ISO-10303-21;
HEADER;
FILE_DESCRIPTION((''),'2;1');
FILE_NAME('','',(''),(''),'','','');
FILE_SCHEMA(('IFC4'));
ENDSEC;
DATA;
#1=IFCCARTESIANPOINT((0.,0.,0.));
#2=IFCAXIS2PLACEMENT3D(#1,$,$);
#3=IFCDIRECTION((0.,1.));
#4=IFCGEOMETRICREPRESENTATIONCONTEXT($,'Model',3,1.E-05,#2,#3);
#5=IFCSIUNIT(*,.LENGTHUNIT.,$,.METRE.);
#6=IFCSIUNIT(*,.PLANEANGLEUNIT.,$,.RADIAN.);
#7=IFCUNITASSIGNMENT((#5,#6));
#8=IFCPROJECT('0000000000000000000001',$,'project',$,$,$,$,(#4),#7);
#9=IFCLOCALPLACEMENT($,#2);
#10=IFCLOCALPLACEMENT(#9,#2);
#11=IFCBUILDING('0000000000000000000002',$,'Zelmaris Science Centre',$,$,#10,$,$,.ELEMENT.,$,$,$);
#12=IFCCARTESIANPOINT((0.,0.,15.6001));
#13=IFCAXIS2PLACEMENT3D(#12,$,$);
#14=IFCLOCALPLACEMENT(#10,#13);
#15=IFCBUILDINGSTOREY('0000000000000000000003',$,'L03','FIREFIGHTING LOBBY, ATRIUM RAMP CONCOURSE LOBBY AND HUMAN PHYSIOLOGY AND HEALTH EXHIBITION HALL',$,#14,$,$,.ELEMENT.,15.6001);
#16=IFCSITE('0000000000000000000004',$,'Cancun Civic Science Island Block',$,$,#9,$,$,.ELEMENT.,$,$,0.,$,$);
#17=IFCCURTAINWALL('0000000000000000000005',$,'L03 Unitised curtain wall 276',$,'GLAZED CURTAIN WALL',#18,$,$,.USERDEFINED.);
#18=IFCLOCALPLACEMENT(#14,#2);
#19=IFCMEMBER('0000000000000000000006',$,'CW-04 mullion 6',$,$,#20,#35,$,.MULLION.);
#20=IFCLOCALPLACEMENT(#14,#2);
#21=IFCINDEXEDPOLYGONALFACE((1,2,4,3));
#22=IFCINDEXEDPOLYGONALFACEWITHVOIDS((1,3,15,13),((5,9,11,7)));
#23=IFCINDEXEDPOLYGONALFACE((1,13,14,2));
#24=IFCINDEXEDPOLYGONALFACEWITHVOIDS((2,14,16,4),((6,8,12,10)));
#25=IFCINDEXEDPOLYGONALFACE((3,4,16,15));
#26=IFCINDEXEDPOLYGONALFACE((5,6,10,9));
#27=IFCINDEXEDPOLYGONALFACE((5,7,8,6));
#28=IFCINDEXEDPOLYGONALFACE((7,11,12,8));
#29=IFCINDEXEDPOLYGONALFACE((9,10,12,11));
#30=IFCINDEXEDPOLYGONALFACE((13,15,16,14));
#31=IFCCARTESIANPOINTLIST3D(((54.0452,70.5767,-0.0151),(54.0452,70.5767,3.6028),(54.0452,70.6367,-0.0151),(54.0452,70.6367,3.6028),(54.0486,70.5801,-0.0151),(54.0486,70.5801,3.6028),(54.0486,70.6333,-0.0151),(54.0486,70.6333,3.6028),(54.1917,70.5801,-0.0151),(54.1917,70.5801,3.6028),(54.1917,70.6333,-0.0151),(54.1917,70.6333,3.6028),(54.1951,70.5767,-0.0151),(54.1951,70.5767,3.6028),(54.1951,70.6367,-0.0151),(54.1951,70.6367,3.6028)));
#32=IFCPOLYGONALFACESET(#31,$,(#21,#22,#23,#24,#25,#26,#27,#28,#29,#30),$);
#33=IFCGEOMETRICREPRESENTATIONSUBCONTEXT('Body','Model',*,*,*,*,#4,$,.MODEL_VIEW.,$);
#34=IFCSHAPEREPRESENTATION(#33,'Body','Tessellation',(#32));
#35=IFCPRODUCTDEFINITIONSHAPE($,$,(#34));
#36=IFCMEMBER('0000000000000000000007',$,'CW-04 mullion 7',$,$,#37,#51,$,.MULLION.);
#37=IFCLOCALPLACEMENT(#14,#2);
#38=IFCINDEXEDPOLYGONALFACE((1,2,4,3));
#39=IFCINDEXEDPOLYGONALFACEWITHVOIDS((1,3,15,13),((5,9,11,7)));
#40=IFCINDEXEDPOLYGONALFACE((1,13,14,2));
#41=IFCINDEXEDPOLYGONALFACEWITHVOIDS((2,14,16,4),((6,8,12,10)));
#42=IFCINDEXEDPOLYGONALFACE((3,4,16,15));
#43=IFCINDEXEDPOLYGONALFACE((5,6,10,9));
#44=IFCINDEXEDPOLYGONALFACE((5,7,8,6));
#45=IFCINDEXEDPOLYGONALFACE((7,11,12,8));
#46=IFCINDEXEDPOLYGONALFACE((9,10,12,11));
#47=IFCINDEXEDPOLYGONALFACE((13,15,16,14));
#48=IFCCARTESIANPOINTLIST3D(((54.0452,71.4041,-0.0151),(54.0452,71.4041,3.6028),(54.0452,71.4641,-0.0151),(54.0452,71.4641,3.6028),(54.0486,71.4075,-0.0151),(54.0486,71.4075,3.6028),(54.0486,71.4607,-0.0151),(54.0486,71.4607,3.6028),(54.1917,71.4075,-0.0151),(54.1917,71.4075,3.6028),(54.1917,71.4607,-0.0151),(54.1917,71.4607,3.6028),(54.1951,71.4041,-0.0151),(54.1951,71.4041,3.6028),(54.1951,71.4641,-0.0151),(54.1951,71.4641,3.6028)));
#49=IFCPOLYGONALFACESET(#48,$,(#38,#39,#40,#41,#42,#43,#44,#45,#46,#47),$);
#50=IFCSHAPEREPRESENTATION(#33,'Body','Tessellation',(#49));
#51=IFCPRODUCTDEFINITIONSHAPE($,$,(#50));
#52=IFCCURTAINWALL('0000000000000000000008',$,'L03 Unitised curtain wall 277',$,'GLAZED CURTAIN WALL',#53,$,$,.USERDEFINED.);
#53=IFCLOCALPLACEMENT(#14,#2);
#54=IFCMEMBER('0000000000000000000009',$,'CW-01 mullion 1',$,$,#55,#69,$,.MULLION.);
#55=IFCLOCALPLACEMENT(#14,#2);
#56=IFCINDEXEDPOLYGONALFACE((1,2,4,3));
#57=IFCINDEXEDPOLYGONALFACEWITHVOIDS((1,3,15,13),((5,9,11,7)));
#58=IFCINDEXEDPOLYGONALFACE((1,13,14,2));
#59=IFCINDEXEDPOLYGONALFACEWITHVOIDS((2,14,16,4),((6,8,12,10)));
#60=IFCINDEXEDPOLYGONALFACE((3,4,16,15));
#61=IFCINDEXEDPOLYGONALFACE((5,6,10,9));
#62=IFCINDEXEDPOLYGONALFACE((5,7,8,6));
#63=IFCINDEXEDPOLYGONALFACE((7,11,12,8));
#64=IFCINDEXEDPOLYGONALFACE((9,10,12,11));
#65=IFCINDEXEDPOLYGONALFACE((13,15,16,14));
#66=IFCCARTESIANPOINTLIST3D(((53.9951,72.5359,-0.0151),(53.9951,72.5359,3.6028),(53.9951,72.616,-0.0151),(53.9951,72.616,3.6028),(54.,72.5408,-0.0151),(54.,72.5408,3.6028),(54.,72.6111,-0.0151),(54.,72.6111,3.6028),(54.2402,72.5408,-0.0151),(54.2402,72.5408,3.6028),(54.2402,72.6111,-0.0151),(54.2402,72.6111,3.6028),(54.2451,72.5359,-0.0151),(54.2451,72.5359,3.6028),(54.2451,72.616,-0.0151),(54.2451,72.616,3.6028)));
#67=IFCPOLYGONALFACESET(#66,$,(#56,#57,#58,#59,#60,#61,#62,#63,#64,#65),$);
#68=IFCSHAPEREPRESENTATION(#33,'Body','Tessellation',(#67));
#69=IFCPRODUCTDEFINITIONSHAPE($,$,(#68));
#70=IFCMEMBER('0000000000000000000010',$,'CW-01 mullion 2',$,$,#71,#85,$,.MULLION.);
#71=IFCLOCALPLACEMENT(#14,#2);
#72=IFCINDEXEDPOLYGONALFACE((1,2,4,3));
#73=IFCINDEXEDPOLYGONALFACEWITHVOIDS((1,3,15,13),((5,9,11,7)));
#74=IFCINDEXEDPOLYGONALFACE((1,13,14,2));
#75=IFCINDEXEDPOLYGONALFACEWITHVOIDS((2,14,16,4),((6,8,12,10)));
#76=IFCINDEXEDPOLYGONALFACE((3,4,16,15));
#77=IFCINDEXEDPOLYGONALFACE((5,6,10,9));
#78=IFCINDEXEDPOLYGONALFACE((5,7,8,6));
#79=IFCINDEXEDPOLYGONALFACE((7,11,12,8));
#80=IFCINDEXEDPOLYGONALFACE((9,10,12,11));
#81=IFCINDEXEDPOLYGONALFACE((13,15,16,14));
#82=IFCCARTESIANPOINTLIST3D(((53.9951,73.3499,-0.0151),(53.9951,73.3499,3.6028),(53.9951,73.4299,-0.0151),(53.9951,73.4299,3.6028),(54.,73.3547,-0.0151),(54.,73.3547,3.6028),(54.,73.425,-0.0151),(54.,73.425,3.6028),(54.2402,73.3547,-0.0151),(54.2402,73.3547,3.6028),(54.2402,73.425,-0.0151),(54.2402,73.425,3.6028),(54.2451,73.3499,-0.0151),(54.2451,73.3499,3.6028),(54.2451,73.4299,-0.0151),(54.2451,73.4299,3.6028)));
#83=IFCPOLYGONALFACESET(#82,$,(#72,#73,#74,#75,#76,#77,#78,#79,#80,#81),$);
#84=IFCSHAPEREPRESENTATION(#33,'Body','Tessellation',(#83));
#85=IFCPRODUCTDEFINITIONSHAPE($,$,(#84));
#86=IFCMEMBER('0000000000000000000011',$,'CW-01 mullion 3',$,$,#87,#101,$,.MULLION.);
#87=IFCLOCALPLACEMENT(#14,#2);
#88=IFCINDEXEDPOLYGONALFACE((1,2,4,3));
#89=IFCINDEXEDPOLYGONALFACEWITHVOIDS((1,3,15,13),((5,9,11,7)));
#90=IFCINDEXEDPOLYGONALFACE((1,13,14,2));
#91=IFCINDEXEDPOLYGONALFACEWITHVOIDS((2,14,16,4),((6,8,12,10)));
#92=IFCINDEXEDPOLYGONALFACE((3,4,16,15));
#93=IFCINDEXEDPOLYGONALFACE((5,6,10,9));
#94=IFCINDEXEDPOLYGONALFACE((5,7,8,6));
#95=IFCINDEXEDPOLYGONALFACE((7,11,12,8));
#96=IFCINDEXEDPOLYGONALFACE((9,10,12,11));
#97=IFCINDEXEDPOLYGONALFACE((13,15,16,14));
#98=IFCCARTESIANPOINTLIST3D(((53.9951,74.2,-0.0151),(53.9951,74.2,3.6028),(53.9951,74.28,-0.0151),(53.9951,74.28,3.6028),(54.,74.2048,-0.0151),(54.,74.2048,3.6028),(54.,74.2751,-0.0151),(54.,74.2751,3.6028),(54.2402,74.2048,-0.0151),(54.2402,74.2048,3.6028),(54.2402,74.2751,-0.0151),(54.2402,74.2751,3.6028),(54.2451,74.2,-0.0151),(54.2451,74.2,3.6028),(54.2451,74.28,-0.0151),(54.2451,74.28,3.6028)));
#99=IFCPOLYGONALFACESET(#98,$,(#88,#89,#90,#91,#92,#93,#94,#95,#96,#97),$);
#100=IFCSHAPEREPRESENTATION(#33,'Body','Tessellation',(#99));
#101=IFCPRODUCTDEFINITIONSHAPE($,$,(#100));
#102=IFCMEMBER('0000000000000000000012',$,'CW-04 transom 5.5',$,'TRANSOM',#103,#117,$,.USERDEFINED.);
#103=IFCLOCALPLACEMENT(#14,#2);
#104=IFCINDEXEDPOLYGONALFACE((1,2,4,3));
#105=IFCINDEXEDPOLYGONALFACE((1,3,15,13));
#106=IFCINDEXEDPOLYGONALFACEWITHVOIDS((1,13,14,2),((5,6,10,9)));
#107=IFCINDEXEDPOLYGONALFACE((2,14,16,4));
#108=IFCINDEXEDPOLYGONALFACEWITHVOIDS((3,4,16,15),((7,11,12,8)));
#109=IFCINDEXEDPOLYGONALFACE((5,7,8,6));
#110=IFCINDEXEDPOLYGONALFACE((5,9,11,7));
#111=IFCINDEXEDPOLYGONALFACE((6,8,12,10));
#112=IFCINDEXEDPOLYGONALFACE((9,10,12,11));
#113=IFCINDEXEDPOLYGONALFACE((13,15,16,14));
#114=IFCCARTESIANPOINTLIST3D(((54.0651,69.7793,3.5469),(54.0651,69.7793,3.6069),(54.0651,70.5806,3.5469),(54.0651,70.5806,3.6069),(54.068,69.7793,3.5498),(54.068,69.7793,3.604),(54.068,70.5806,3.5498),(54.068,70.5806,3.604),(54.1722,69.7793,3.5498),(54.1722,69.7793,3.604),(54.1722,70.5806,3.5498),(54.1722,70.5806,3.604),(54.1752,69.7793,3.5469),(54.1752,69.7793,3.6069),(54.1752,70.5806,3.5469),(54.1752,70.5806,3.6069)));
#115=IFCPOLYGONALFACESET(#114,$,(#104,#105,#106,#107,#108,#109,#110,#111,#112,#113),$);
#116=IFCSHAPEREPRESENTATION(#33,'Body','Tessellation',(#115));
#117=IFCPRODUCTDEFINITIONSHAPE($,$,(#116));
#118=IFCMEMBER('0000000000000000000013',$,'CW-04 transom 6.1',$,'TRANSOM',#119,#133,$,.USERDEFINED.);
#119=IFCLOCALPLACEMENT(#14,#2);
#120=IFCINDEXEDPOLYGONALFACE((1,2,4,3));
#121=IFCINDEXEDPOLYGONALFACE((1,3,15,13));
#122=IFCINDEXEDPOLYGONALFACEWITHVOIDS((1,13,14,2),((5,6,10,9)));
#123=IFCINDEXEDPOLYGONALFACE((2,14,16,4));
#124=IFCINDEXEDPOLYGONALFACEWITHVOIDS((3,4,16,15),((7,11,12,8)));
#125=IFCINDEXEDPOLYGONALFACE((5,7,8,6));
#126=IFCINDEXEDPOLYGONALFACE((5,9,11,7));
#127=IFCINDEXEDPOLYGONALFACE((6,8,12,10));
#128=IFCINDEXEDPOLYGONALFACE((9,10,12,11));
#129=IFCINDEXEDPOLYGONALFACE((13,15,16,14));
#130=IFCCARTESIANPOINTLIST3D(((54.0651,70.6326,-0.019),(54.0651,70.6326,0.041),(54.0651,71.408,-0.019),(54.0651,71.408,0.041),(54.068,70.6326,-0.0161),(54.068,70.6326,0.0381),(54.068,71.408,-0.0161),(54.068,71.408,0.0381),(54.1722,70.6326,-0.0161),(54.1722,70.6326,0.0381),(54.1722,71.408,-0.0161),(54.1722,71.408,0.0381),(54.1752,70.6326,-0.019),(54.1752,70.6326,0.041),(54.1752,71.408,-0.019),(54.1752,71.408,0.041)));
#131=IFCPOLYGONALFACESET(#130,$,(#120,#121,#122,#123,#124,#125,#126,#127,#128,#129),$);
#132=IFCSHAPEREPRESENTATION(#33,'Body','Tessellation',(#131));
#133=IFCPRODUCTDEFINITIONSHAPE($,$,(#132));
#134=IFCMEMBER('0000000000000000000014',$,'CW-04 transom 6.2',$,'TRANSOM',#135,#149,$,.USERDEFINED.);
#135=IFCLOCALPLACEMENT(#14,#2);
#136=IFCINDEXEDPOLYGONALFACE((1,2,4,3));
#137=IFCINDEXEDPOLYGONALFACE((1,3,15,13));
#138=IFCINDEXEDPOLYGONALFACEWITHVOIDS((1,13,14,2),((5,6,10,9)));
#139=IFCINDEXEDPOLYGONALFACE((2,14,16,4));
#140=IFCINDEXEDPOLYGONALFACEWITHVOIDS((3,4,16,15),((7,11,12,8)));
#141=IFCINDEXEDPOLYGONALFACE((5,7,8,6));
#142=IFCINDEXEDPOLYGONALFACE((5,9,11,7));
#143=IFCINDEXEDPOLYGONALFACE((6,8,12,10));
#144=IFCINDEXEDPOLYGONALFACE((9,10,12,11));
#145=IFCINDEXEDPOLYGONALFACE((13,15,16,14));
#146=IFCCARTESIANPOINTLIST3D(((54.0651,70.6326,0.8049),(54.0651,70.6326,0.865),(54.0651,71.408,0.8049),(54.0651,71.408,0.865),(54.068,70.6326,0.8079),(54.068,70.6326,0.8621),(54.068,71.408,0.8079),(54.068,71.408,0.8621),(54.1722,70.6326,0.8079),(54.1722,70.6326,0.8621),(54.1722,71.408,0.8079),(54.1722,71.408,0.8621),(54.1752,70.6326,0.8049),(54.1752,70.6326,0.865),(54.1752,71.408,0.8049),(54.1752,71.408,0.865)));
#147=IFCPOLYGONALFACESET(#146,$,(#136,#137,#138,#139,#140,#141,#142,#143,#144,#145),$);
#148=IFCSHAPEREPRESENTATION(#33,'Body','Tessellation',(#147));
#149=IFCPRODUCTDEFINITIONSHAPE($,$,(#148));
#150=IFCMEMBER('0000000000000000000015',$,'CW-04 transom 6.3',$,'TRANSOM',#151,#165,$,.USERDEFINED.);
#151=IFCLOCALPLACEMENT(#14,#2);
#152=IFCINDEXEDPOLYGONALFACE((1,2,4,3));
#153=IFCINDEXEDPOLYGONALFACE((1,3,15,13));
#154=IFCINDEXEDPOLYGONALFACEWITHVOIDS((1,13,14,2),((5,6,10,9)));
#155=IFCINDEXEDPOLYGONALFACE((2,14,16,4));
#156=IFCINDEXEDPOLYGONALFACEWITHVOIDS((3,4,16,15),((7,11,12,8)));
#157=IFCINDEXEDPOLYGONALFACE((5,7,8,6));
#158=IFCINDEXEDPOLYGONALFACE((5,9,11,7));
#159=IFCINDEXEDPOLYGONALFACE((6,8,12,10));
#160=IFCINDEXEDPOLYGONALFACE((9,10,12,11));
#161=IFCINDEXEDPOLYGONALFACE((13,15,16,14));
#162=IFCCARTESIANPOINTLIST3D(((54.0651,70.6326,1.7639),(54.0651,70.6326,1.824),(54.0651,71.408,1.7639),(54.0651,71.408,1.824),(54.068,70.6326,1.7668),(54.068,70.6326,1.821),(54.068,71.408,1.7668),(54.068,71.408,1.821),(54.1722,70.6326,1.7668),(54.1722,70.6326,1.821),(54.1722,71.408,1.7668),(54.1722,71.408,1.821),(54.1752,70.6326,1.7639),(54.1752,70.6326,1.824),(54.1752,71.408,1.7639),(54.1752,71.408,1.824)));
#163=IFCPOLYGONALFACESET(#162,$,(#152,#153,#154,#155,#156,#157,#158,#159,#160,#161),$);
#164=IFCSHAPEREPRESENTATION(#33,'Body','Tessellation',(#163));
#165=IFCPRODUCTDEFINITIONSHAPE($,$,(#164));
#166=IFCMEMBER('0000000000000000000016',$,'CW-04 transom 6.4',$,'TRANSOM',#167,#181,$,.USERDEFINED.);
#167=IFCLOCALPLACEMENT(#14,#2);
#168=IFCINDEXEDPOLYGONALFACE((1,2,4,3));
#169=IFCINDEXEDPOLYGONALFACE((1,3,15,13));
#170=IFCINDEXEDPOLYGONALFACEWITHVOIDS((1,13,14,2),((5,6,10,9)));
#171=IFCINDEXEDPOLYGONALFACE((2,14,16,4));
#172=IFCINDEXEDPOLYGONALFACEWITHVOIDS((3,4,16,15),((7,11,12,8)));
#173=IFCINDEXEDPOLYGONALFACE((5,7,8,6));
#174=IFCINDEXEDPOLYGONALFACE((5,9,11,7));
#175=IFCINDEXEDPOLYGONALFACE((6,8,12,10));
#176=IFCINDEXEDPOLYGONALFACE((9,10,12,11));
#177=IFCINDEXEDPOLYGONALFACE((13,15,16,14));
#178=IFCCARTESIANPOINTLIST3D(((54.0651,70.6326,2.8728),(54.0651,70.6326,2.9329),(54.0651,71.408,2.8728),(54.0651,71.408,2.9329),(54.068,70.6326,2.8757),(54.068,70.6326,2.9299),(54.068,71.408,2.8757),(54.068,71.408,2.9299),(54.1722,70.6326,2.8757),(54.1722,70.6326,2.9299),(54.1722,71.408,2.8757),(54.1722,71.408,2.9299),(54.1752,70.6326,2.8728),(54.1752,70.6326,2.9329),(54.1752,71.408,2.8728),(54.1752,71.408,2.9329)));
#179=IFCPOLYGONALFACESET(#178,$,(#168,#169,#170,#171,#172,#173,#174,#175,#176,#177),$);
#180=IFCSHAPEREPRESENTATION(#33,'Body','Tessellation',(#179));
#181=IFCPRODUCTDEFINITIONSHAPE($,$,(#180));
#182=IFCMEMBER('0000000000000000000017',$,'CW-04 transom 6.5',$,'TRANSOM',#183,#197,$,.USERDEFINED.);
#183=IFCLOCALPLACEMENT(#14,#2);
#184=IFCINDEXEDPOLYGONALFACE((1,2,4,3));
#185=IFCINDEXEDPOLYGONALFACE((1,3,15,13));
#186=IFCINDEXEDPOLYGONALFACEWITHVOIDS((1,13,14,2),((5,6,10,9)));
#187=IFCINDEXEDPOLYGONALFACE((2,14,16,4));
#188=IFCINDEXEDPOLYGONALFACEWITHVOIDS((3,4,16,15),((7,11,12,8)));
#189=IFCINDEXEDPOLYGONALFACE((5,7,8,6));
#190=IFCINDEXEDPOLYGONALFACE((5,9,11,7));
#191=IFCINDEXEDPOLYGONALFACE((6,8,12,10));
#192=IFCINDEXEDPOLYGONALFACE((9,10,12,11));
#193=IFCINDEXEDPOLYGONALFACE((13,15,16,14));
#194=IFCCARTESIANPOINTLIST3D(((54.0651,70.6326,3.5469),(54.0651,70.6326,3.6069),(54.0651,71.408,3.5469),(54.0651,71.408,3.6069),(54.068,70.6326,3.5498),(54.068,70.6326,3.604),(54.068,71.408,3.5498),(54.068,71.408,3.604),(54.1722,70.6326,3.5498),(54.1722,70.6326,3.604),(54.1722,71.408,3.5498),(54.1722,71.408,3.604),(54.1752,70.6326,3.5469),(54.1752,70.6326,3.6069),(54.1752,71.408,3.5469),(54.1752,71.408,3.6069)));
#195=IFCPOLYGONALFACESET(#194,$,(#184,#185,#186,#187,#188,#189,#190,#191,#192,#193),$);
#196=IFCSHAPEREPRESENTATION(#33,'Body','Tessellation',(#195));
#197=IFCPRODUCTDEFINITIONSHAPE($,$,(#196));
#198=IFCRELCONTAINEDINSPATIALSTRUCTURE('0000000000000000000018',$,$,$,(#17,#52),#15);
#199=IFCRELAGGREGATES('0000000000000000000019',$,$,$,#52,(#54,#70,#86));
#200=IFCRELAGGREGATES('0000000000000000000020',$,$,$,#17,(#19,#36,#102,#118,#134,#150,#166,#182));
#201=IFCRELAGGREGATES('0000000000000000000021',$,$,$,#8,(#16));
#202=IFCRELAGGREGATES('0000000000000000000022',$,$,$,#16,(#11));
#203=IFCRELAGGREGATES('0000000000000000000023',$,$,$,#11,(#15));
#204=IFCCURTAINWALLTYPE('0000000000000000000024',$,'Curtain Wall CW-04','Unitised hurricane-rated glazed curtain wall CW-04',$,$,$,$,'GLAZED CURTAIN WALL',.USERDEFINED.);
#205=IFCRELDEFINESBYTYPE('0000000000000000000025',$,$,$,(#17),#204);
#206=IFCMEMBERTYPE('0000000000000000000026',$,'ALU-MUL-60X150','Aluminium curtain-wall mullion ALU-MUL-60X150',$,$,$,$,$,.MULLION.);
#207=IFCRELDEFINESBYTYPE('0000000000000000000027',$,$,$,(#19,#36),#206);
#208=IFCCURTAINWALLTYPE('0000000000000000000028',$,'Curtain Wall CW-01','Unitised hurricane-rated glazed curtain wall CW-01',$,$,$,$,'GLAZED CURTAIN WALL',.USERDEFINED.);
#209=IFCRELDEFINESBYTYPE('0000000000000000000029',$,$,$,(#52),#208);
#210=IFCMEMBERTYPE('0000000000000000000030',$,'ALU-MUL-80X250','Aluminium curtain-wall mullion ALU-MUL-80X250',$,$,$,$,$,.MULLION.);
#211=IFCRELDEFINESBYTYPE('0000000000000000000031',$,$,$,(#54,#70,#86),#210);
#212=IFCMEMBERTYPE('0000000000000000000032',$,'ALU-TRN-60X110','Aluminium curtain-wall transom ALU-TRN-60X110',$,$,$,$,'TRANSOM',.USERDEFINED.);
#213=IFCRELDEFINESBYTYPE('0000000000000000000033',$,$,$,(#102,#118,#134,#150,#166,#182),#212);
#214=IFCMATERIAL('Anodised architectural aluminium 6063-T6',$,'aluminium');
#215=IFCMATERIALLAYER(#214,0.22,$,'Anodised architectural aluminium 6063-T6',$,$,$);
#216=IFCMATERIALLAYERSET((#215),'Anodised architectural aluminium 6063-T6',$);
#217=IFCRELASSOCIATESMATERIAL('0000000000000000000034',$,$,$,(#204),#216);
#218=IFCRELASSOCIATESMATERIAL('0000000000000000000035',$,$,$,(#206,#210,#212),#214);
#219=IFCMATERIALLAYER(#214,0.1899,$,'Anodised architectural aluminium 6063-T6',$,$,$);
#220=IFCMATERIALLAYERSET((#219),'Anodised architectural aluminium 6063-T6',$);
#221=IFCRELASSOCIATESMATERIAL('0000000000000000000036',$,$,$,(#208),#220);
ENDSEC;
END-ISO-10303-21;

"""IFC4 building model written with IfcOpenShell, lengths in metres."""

from ifc_helpers import new_model, si_unit, direction, frame, origin, origin_2d, place, context, subcontext, project, spatial, hollow_rectangle, extrude, material, layer, layer_set, material_profile, profile_set, type_object, element, aggregate, save


model = new_model("IFC4")

# Units and contexts
model_context = context("Model", 3, precision=1e-05, world=origin(), true_north=direction((0.0, 1.0)))
body_context = subcontext(model_context, "Body", "Model", "MODEL_VIEW")
ifc_project = project(units=[si_unit("LENGTHUNIT", "METRE"), si_unit("PLANEANGLEUNIT", "RADIAN")], contexts=[model_context])

# Site, building, storey
site_placement = place(None, origin())
site = spatial("IfcSite", under=ifc_project, at=site_placement, Name="Cancun Civic Science Island Block", CompositionType="ELEMENT", RefElevation=0.0)
building_placement = place(site_placement, origin())
building = spatial("IfcBuilding", under=site, at=building_placement, Name="Zelmaris Science Centre", CompositionType="ELEMENT")
storey_placement = place(building_placement, frame((0.0, 0.0, 15.6001)))
storey = spatial("IfcBuildingStorey", under=building, at=storey_placement, Name="L03", Description="FIREFIGHTING LOBBY, ATRIUM RAMP CONCOURSE LOBBY AND HUMAN PHYSIOLOGY AND HEALTH EXHIBITION HALL", CompositionType="ELEMENT", Elevation=15.6001)

# Curtain walls, members
ifc_material_1 = material(Name="Anodised architectural aluminium 6063-T6", Category="aluminium")
ifc_layer_1 = layer(ifc_material_1, 0.22, Name="Anodised architectural aluminium 6063-T6")
ifc_layer_set_1 = layer_set([ifc_layer_1], Name="Anodised architectural aluminium 6063-T6")
curtain_wall_type_1 = type_object("IfcCurtainWallType", Name="Curtain Wall CW-04", Description="Unitised hurricane-rated glazed curtain wall CW-04", ElementType="GLAZED CURTAIN WALL", PredefinedType="USERDEFINED", material=ifc_layer_set_1)
curtain_wall_1_placement = place(storey_placement, origin())
curtain_wall_1 = element("IfcCurtainWall", 1, at=curtain_wall_1_placement, inside=storey, type_object=curtain_wall_type_1, Name="L03 Unitised curtain wall 276", ObjectType="GLAZED CURTAIN WALL", PredefinedType="USERDEFINED")
ifc_material_profile_1 = material_profile(ifc_material_1, hollow_rectangle(XDim=0.0601, YDim=0.1499, WallThickness=0.0034, at=origin_2d()), Name="ALU-MUL-60X150")
ifc_profile_set_1 = profile_set([ifc_material_profile_1], Name="Anodised architectural aluminium 6063-T6")
member_type_1 = type_object("IfcMemberType", Name="ALU-MUL-60X150", Description="Aluminium curtain-wall mullion ALU-MUL-60X150", PredefinedType="MULLION", material=ifc_profile_set_1)
member_1_placement = place(storey_placement, frame((54.1201, 70.6067, -0.0151), z_axis=(0.0, 0.0, 1.0), x_axis=(0.0, 1.0, 0.0)))
member_1 = element("IfcMember", 2, at=member_1_placement, type_object=member_type_1, Name="CW-04 mullion 6", PredefinedType="MULLION", context=body_context, shape_type="SweptSolid", body=[
    extrude(hollow_rectangle(XDim=0.0601, YDim=0.1499, WallThickness=0.0034, at=origin_2d()), origin(), (0.0, 0.0, 1.0), 3.6179),
])
member_2_placement = place(storey_placement, frame((54.1201, 71.4341, -0.0151), z_axis=(0.0, 0.0, 1.0), x_axis=(0.0, 1.0, 0.0)))
member_2 = element("IfcMember", 3, at=member_2_placement, type_object=member_type_1, Name="CW-04 mullion 7", PredefinedType="MULLION", context=body_context, shape_type="SweptSolid", body=[
    extrude(hollow_rectangle(XDim=0.0601, YDim=0.1499, WallThickness=0.0034, at=origin_2d()), origin(), (0.0, 0.0, 1.0), 3.6179),
])
ifc_layer_2 = layer(ifc_material_1, 0.1899, Name="Anodised architectural aluminium 6063-T6")
ifc_layer_set_2 = layer_set([ifc_layer_2], Name="Anodised architectural aluminium 6063-T6")
curtain_wall_type_2 = type_object("IfcCurtainWallType", Name="Curtain Wall CW-01", Description="Unitised hurricane-rated glazed curtain wall CW-01", ElementType="GLAZED CURTAIN WALL", PredefinedType="USERDEFINED", material=ifc_layer_set_2)
curtain_wall_2_placement = place(storey_placement, origin())
curtain_wall_2 = element("IfcCurtainWall", 4, at=curtain_wall_2_placement, inside=storey, type_object=curtain_wall_type_2, Name="L03 Unitised curtain wall 277", ObjectType="GLAZED CURTAIN WALL", PredefinedType="USERDEFINED")
ifc_material_profile_2 = material_profile(ifc_material_1, hollow_rectangle(XDim=0.0801, YDim=0.25, WallThickness=0.0049, at=origin_2d()), Name="ALU-MUL-80X250")
ifc_profile_set_2 = profile_set([ifc_material_profile_2], Name="Anodised architectural aluminium 6063-T6")
member_type_2 = type_object("IfcMemberType", Name="ALU-MUL-80X250", Description="Aluminium curtain-wall mullion ALU-MUL-80X250", PredefinedType="MULLION", material=ifc_profile_set_2)
member_3_placement = place(storey_placement, frame((54.1201, 72.5759, -0.0151), z_axis=(0.0, 0.0, 1.0), x_axis=(0.0, 1.0, 0.0)))
member_3 = element("IfcMember", 5, at=member_3_placement, type_object=member_type_2, Name="CW-01 mullion 1", PredefinedType="MULLION", context=body_context, shape_type="SweptSolid", body=[
    extrude(hollow_rectangle(XDim=0.0801, YDim=0.25, WallThickness=0.0049, at=origin_2d()), origin(), (0.0, 0.0, 1.0), 3.6179),
])
member_4_placement = place(storey_placement, frame((54.1201, 73.3899, -0.0151), z_axis=(0.0, 0.0, 1.0), x_axis=(0.0, 1.0, 0.0)))
member_4 = element("IfcMember", 6, at=member_4_placement, type_object=member_type_2, Name="CW-01 mullion 2", PredefinedType="MULLION", context=body_context, shape_type="SweptSolid", body=[
    extrude(hollow_rectangle(XDim=0.0801, YDim=0.25, WallThickness=0.0049, at=origin_2d()), origin(), (0.0, 0.0, 1.0), 3.6179),
])
member_5_placement = place(storey_placement, frame((54.1201, 74.24, -0.0151), z_axis=(0.0, 0.0, 1.0), x_axis=(0.0, 1.0, 0.0)))
member_5 = element("IfcMember", 7, at=member_5_placement, type_object=member_type_2, Name="CW-01 mullion 3", PredefinedType="MULLION", context=body_context, shape_type="SweptSolid", body=[
    extrude(hollow_rectangle(XDim=0.0801, YDim=0.25, WallThickness=0.0049, at=origin_2d()), origin(), (0.0, 0.0, 1.0), 3.6179),
])

# Members
ifc_material_profile_3 = material_profile(ifc_material_1, hollow_rectangle(XDim=0.0601, YDim=0.1101, WallThickness=0.0029, at=origin_2d()), Name="ALU-TRN-60X110")
ifc_profile_set_3 = profile_set([ifc_material_profile_3], Name="Anodised architectural aluminium 6063-T6")
member_type_3 = type_object("IfcMemberType", Name="ALU-TRN-60X110", Description="Aluminium curtain-wall transom ALU-TRN-60X110", ElementType="TRANSOM", PredefinedType="USERDEFINED", material=ifc_profile_set_3)
member_6_placement = place(storey_placement, frame((54.1201, 69.7793, 3.5769), z_axis=(0.0, 1.0, 0.0), x_axis=(0.0, 0.0, 1.0)))
member_6 = element("IfcMember", 8, at=member_6_placement, type_object=member_type_3, Name="CW-04 transom 5.5", ObjectType="TRANSOM", PredefinedType="USERDEFINED", context=body_context, shape_type="SweptSolid", body=[
    extrude(hollow_rectangle(XDim=0.0601, YDim=0.1101, WallThickness=0.0029, at=origin_2d()), origin(), (0.0, 0.0, 1.0), 0.8013),
])
member_7_placement = place(storey_placement, frame((54.1201, 70.6326, 0.011), z_axis=(0.0, 1.0, 0.0), x_axis=(0.0, 0.0, 1.0)))
member_7 = element("IfcMember", 9, at=member_7_placement, type_object=member_type_3, Name="CW-04 transom 6.1", ObjectType="TRANSOM", PredefinedType="USERDEFINED", context=body_context, shape_type="SweptSolid", body=[
    extrude(hollow_rectangle(XDim=0.0601, YDim=0.1101, WallThickness=0.0029, at=origin_2d()), origin(), (0.0, 0.0, 1.0), 0.7754),
])
member_8_placement = place(storey_placement, frame((54.1201, 70.6326, 0.835), z_axis=(0.0, 1.0, 0.0), x_axis=(0.0, 0.0, 1.0)))
member_8 = element("IfcMember", 10, at=member_8_placement, type_object=member_type_3, Name="CW-04 transom 6.2", ObjectType="TRANSOM", PredefinedType="USERDEFINED", context=body_context, shape_type="SweptSolid", body=[
    extrude(hollow_rectangle(XDim=0.0601, YDim=0.1101, WallThickness=0.0029, at=origin_2d()), origin(), (0.0, 0.0, 1.0), 0.7754),
])
member_9_placement = place(storey_placement, frame((54.1201, 70.6326, 1.7939), z_axis=(0.0, 1.0, 0.0), x_axis=(0.0, 0.0, 1.0)))
member_9 = element("IfcMember", 11, at=member_9_placement, type_object=member_type_3, Name="CW-04 transom 6.3", ObjectType="TRANSOM", PredefinedType="USERDEFINED", context=body_context, shape_type="SweptSolid", body=[
    extrude(hollow_rectangle(XDim=0.0601, YDim=0.1101, WallThickness=0.0029, at=origin_2d()), origin(), (0.0, 0.0, 1.0), 0.7754),
])
member_10_placement = place(storey_placement, frame((54.1201, 70.6326, 2.9028), z_axis=(0.0, 1.0, 0.0), x_axis=(0.0, 0.0, 1.0)))
member_10 = element("IfcMember", 12, at=member_10_placement, type_object=member_type_3, Name="CW-04 transom 6.4", ObjectType="TRANSOM", PredefinedType="USERDEFINED", context=body_context, shape_type="SweptSolid", body=[
    extrude(hollow_rectangle(XDim=0.0601, YDim=0.1101, WallThickness=0.0029, at=origin_2d()), origin(), (0.0, 0.0, 1.0), 0.7754),
])
member_11_placement = place(storey_placement, frame((54.1201, 70.6326, 3.5769), z_axis=(0.0, 1.0, 0.0), x_axis=(0.0, 0.0, 1.0)))
member_11 = element("IfcMember", 13, at=member_11_placement, type_object=member_type_3, Name="CW-04 transom 6.5", ObjectType="TRANSOM", PredefinedType="USERDEFINED", context=body_context, shape_type="SweptSolid", body=[
    extrude(hollow_rectangle(XDim=0.0601, YDim=0.1101, WallThickness=0.0029, at=origin_2d()), origin(), (0.0, 0.0, 1.0), 0.7754),
])

aggregate(curtain_wall_2, [member_3, member_4, member_5])
aggregate(curtain_wall_1, [member_1, member_2, member_6, member_7, member_8, member_9, member_10, member_11])

save(model, "model.ifc")
